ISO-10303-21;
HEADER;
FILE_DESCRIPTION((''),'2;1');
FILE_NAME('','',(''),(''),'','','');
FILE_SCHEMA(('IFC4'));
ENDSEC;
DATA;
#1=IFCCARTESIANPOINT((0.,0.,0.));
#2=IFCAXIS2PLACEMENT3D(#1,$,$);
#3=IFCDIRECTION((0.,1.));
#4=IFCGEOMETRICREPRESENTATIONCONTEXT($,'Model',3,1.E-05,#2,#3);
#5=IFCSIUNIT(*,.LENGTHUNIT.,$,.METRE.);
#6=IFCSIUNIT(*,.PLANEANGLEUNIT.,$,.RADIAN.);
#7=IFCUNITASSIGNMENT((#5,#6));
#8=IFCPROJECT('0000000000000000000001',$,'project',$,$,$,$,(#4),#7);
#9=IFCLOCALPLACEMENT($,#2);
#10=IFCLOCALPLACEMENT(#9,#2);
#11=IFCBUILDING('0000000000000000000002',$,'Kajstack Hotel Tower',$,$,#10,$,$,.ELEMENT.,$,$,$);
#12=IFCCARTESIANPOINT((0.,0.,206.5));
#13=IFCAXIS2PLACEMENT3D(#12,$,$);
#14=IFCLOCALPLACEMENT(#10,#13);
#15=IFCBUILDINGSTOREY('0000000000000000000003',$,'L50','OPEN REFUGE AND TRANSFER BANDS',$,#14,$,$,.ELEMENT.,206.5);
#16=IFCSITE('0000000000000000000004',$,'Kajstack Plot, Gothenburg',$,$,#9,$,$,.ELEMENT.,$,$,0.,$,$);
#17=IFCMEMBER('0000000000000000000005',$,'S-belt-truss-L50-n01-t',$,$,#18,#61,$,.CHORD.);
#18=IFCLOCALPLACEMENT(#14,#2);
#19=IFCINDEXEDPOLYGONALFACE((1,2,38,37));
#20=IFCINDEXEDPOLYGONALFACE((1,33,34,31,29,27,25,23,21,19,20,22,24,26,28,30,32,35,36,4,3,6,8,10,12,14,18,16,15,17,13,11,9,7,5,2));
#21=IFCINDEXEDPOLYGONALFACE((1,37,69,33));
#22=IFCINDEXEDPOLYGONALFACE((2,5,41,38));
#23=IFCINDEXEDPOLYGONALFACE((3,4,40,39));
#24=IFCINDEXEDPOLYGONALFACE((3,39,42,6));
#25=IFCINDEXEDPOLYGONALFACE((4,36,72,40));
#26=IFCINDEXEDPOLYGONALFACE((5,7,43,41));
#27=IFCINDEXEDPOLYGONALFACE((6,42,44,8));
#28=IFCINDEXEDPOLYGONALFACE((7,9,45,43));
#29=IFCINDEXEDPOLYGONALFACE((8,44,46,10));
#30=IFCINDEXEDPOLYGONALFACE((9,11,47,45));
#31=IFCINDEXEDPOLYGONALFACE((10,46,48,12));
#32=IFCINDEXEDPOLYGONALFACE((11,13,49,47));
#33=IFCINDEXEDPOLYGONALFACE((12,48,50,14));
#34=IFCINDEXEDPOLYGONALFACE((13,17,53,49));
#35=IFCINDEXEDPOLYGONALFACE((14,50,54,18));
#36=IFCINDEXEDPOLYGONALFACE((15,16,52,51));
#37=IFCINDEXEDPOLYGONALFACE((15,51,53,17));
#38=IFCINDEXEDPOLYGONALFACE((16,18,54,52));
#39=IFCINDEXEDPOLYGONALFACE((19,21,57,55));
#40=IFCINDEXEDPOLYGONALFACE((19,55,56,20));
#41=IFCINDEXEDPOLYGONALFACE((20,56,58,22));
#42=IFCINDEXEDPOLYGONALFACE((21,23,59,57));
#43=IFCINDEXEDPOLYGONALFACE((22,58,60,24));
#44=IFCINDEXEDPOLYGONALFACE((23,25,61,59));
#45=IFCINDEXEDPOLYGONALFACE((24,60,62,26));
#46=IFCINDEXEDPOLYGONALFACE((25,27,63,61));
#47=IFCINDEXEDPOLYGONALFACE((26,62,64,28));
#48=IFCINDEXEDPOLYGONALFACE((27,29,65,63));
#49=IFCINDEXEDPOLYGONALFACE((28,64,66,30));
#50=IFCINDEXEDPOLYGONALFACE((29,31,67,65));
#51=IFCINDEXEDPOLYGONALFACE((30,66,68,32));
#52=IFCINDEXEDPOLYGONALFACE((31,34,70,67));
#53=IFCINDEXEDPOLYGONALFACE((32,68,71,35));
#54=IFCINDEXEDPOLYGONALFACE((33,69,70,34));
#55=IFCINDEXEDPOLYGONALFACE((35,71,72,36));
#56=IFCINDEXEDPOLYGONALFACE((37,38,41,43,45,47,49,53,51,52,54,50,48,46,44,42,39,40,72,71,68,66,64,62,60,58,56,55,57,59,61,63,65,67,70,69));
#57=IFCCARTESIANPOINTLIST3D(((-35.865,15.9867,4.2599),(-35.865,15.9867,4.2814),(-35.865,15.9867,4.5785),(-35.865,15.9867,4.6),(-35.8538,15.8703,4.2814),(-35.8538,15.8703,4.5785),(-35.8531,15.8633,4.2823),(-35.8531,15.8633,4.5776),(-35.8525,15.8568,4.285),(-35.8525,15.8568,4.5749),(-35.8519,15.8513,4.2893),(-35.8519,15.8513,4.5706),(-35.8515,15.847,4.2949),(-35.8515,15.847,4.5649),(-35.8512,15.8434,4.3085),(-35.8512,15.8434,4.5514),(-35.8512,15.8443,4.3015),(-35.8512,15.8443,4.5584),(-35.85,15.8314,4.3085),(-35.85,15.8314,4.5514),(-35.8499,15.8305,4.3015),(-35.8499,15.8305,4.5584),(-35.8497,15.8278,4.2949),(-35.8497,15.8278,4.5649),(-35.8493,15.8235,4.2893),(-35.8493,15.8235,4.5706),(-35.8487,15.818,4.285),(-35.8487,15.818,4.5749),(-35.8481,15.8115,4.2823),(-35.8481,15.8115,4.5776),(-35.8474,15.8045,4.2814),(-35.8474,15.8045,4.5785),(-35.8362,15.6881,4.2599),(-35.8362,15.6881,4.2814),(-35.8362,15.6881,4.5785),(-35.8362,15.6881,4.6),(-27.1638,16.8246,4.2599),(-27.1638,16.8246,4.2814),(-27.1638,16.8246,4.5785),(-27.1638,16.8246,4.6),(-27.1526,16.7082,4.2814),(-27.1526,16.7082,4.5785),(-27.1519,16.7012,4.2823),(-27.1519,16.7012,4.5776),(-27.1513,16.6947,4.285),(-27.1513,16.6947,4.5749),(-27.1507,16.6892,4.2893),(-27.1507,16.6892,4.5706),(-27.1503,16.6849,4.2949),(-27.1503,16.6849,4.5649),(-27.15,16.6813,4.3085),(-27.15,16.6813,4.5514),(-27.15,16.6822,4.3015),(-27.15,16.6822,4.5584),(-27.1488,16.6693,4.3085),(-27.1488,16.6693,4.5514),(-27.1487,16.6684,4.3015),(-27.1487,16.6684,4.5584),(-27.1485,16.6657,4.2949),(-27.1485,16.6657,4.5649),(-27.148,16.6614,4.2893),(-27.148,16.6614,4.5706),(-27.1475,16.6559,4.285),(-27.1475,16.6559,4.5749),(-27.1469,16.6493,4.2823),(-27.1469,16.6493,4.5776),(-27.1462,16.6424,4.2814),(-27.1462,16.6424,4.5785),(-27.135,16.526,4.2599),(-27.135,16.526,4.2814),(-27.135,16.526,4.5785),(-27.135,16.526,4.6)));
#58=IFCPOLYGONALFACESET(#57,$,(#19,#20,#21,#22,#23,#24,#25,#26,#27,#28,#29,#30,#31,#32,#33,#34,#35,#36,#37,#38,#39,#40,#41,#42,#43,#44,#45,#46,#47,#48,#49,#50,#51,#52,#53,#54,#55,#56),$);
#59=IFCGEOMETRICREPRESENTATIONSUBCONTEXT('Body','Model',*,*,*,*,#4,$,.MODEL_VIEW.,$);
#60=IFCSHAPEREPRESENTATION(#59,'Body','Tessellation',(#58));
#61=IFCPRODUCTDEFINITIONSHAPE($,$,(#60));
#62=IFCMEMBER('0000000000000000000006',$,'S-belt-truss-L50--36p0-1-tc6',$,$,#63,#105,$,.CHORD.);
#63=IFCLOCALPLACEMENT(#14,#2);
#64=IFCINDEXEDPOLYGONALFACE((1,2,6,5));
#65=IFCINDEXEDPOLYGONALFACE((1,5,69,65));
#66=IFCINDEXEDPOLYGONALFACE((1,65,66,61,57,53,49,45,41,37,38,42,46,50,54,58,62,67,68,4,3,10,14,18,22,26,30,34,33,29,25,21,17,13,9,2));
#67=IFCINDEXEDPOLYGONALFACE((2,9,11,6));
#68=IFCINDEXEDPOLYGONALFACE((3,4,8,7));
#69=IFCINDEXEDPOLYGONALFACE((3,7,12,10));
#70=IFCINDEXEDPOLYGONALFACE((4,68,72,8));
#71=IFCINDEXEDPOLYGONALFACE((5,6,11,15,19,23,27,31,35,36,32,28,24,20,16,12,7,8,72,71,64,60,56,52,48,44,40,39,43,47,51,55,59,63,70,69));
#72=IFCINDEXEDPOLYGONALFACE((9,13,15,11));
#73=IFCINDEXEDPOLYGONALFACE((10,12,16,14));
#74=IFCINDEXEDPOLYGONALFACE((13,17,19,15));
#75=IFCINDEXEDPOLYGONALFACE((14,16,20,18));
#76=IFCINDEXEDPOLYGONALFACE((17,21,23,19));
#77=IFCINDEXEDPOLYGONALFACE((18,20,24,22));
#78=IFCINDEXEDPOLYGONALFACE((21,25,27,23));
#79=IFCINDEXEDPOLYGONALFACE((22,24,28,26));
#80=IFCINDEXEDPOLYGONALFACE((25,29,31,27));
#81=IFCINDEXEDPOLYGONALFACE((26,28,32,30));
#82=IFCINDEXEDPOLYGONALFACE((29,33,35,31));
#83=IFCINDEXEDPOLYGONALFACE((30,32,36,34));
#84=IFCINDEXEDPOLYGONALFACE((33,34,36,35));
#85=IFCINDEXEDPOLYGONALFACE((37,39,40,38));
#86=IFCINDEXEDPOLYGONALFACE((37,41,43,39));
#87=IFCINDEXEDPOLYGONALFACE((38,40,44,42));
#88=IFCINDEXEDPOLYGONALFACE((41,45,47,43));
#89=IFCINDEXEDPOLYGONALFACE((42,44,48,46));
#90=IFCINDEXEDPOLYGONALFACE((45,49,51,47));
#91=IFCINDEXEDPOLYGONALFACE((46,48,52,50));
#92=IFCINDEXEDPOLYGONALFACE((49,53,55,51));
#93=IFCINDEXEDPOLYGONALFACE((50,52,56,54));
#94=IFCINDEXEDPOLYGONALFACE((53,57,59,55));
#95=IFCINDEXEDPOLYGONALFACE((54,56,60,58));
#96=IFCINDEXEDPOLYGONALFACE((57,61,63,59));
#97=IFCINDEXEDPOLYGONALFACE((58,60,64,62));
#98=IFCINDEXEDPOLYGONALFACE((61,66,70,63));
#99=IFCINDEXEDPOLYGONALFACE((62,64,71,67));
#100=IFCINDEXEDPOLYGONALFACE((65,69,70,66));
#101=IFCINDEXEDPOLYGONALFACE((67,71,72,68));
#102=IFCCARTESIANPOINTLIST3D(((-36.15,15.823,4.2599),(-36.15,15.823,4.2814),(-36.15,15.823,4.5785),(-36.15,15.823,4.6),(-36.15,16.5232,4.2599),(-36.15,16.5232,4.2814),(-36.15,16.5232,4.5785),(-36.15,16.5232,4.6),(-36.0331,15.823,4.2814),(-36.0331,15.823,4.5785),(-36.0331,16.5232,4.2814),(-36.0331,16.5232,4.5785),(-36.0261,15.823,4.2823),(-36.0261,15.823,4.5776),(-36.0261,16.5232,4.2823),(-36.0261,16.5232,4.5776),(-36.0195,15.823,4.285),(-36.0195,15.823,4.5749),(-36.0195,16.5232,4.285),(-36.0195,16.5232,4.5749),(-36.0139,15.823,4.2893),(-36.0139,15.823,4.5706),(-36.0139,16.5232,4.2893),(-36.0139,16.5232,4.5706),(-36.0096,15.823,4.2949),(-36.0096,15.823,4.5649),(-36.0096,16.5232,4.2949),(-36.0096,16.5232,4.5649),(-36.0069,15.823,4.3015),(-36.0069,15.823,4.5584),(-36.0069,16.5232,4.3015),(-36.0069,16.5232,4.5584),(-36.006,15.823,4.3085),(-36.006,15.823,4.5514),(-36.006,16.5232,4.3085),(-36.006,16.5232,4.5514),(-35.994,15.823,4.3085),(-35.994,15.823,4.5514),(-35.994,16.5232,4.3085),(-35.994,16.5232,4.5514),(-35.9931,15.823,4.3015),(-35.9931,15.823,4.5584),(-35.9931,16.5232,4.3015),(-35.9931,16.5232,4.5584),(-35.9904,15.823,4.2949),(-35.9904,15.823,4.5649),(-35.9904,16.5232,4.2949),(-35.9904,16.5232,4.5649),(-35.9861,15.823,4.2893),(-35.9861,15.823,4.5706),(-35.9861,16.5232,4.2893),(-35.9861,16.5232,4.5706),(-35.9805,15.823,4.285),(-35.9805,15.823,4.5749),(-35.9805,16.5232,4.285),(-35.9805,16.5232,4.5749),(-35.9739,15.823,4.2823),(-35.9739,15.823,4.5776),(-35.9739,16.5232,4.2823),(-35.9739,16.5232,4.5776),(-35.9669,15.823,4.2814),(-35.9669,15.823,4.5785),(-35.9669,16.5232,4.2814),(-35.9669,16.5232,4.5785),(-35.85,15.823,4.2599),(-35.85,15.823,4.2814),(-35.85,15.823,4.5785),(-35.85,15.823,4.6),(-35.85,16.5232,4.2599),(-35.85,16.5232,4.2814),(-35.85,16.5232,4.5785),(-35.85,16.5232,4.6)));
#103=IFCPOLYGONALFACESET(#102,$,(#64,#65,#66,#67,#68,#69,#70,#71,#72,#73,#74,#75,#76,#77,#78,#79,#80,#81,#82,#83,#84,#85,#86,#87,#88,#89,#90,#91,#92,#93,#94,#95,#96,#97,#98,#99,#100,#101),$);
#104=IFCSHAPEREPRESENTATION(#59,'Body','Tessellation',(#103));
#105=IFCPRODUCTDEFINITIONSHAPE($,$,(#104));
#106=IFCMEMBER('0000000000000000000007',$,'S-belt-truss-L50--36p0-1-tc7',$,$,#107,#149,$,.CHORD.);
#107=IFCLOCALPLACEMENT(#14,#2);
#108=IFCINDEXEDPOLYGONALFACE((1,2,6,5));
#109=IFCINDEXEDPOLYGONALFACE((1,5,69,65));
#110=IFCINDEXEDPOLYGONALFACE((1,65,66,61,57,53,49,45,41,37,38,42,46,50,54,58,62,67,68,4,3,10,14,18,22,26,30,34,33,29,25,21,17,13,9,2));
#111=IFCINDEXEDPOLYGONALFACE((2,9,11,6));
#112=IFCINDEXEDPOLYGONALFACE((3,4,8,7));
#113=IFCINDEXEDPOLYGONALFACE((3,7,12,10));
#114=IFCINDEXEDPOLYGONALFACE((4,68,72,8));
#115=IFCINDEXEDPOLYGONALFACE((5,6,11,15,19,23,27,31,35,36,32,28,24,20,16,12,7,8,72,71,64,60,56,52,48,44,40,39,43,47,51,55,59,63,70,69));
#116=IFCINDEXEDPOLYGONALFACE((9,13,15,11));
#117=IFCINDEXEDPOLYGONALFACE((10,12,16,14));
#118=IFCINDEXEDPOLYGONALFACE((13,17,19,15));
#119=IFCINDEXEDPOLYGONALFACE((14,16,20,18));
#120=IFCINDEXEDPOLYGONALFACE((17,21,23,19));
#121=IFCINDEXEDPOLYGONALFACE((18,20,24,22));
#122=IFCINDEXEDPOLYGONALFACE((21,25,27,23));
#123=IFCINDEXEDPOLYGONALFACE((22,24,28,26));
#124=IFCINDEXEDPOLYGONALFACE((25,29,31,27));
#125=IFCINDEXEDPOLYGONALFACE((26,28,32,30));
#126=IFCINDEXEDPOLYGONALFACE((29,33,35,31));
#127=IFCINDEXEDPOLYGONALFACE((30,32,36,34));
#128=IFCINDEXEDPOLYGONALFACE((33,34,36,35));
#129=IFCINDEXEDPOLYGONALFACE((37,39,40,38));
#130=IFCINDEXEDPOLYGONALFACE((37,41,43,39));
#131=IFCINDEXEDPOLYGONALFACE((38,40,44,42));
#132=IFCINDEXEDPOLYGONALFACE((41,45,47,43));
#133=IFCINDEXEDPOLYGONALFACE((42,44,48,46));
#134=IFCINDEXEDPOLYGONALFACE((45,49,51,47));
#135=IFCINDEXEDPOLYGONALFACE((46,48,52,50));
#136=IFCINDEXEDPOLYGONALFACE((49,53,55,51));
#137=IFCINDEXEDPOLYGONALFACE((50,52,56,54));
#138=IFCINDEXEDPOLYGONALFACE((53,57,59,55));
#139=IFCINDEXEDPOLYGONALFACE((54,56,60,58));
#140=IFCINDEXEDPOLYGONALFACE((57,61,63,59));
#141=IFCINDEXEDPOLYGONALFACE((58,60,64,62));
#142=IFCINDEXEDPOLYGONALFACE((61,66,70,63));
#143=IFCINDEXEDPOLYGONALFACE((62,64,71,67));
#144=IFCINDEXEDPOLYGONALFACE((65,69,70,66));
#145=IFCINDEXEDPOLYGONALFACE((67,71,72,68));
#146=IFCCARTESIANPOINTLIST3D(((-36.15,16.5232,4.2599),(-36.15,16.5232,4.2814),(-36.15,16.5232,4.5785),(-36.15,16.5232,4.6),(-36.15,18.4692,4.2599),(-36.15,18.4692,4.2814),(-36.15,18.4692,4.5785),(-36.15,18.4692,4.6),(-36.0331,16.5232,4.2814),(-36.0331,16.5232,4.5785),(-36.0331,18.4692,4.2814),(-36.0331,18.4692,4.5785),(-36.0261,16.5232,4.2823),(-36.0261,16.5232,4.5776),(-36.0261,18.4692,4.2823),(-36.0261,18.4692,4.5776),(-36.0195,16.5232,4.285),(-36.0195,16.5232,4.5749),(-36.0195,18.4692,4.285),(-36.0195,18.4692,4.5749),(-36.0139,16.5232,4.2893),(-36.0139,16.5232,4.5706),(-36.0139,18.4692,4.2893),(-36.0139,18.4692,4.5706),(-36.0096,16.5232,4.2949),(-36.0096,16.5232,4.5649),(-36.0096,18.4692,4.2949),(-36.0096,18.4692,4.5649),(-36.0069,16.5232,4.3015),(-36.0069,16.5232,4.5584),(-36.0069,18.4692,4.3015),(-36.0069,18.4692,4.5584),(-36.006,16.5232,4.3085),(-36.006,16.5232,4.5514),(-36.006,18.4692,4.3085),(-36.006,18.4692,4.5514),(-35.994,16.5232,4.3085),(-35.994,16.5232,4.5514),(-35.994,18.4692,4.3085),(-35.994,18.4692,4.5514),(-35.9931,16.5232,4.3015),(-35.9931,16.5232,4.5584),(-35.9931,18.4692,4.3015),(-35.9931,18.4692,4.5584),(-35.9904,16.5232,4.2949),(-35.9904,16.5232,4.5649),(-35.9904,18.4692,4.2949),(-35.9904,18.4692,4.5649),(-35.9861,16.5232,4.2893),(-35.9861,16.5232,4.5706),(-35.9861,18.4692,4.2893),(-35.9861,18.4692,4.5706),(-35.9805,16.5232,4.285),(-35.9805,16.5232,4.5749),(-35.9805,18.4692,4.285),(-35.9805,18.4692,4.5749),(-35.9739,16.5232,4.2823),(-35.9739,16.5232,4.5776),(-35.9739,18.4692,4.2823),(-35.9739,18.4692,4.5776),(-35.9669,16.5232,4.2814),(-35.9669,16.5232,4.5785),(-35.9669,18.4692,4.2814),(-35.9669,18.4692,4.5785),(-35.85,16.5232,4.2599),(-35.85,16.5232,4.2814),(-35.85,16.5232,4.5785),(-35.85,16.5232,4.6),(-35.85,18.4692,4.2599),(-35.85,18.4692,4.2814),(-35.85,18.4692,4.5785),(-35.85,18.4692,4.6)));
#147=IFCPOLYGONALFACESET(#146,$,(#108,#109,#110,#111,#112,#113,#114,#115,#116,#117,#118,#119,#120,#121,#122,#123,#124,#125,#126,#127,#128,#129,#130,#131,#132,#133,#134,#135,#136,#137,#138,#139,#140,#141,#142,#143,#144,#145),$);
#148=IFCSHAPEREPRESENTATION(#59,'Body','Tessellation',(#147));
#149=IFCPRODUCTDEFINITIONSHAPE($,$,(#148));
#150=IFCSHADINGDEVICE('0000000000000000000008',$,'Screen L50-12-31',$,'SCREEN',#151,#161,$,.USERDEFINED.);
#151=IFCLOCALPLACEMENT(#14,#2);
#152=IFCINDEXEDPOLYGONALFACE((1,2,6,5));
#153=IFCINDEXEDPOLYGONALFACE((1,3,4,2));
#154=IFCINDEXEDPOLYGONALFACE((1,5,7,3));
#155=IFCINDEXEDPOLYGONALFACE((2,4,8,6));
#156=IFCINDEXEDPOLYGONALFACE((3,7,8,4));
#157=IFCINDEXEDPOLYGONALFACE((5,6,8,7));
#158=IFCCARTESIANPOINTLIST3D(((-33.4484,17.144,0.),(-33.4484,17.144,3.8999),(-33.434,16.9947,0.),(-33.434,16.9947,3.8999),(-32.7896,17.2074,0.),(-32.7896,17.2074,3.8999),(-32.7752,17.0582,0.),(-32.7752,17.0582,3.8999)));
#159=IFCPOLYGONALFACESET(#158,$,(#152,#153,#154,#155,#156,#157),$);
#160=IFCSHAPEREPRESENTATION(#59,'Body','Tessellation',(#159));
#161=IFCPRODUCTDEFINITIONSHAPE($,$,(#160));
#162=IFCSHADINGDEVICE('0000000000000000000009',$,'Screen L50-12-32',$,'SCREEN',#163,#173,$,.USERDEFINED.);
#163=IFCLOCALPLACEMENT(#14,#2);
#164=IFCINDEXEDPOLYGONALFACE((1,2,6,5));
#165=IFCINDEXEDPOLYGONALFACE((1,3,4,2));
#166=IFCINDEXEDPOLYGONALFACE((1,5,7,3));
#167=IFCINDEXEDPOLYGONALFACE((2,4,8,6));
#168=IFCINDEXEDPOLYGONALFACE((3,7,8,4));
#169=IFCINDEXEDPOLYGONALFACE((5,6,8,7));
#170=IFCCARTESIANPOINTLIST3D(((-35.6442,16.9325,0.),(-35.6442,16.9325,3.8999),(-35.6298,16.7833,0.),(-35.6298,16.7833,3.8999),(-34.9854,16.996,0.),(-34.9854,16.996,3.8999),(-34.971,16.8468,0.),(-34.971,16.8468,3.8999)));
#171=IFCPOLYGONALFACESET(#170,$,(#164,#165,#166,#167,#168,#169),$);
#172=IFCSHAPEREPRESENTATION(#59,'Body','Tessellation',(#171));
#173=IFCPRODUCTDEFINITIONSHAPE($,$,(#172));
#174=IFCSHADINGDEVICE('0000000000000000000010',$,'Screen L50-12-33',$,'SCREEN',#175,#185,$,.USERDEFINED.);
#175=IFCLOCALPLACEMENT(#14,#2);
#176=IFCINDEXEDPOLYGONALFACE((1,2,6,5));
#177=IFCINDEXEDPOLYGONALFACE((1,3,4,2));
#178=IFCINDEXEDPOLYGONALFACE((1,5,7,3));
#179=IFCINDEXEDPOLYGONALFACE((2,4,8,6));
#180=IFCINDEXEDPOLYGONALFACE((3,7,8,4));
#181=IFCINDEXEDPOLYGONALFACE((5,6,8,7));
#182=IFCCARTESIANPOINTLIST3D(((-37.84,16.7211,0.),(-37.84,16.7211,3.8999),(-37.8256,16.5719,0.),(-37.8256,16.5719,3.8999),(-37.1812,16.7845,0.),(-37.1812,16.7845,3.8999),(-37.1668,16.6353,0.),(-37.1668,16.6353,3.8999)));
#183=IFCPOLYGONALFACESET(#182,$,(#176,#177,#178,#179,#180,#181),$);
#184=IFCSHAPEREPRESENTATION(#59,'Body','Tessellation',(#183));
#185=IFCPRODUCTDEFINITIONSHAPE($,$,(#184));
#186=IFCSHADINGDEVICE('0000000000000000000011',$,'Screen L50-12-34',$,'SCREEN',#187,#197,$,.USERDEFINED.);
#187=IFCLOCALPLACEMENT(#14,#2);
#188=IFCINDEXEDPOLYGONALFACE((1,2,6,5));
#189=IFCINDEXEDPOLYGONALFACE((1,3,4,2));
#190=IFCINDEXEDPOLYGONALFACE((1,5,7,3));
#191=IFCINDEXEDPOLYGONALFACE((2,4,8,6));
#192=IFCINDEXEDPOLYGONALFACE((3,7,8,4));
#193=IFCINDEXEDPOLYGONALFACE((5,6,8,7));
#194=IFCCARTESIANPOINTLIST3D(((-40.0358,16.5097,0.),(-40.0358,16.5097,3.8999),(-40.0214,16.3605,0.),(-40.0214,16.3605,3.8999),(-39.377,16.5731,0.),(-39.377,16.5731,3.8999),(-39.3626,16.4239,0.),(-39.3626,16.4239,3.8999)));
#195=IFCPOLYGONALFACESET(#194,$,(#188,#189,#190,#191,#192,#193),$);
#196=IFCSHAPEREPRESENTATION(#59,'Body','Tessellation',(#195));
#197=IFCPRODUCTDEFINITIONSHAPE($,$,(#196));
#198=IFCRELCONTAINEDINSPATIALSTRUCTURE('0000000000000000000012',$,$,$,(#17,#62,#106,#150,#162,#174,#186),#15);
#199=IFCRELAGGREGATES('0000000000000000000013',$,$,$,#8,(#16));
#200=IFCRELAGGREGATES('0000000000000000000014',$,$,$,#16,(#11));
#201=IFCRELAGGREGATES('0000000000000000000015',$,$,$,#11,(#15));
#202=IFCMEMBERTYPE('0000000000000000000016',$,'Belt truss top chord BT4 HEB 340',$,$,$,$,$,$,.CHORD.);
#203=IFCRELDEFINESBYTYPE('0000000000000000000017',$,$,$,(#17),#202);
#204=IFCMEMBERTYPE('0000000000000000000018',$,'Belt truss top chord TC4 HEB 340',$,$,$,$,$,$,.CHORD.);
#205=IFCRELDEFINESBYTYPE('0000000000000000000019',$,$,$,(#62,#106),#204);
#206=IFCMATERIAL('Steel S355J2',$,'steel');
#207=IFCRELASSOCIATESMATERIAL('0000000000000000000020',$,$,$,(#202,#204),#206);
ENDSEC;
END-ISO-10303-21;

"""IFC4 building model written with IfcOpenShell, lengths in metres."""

from ifc_helpers import new_model, si_unit, direction, frame, origin, origin_2d, place, context, subcontext, project, spatial, rectangle, i_section, extrude, material, material_profile, profile_set, type_object, element, save


model = new_model("IFC4")

# Units and contexts
model_context = context("Model", 3, precision=1e-05, world=origin(), true_north=direction((0.0, 1.0)))
body_context = subcontext(model_context, "Body", "Model", "MODEL_VIEW")
ifc_project = project(units=[si_unit("LENGTHUNIT", "METRE"), si_unit("PLANEANGLEUNIT", "RADIAN")], contexts=[model_context])

# Site, building, storey
site_placement = place(None, origin())
site = spatial("IfcSite", under=ifc_project, at=site_placement, Name="Kajstack Plot, Gothenburg", CompositionType="ELEMENT", RefElevation=0.0)
building_placement = place(site_placement, origin())
building = spatial("IfcBuilding", under=site, at=building_placement, Name="Kajstack Hotel Tower", CompositionType="ELEMENT")
storey_placement = place(building_placement, frame((0.0, 0.0, 206.5)))
storey = spatial("IfcBuildingStorey", under=building, at=storey_placement, Name="L50", Description="OPEN REFUGE AND TRANSFER BANDS", CompositionType="ELEMENT", Elevation=206.5)

# Members
ifc_material = material(Name="Steel S355J2", Category="steel")
ifc_material_profile_1 = material_profile(ifc_material, i_section(OverallWidth=0.3, OverallDepth=0.3401, WebThickness=0.012, FlangeThickness=0.0215, FilletRadius=0.0271, at=origin_2d()), Name="HEB 340")
ifc_profile_set_1 = profile_set([ifc_material_profile_1], Name="Steel S355J2")
member_type_1 = type_object("IfcMemberType", Name="Belt truss top chord BT4 HEB 340", PredefinedType="CHORD", material=ifc_profile_set_1)
member_1_placement = place(storey_placement, frame((-35.8506, 15.8374, 4.4299), z_axis=(0.995396, 0.095853, 0.0), x_axis=(-0.095853, 0.995396, 0.0)))
element("IfcMember", 1, at=member_1_placement, inside=storey, type_object=member_type_1, Name="S-belt-truss-L50-n01-t", PredefinedType="CHORD", context=body_context, shape_type="SweptSolid", body=[
    extrude(i_section(OverallWidth=0.3, OverallDepth=0.3401, WebThickness=0.012, FlangeThickness=0.0215, FilletRadius=0.0271, at=origin_2d()), origin(), (0.0, 0.0, 1.0), 8.7415),
])
ifc_material_profile_2 = material_profile(ifc_material, i_section(OverallWidth=0.3, OverallDepth=0.3401, WebThickness=0.012, FlangeThickness=0.0215, FilletRadius=0.0271, at=origin_2d()), Name="HEB 340")
ifc_profile_set_2 = profile_set([ifc_material_profile_2], Name="Steel S355J2")
member_type_2 = type_object("IfcMemberType", Name="Belt truss top chord TC4 HEB 340", PredefinedType="CHORD", material=ifc_profile_set_2)
member_2_placement = place(storey_placement, frame((-36.0, 15.823, 4.4299), z_axis=(0.0, 1.0, 0.0), x_axis=(-1.0, 0.0, 0.0)))
element("IfcMember", 2, at=member_2_placement, inside=storey, type_object=member_type_2, Name="S-belt-truss-L50--36p0-1-tc6", PredefinedType="CHORD", context=body_context, shape_type="SweptSolid", body=[
    extrude(i_section(OverallWidth=0.3, OverallDepth=0.3401, WebThickness=0.012, FlangeThickness=0.0215, FilletRadius=0.0271, at=origin_2d()), origin(), (0.0, 0.0, 1.0), 0.7002),
])
member_3_placement = place(storey_placement, frame((-36.0, 16.5232, 4.4299), z_axis=(0.0, 1.0, 0.0), x_axis=(-1.0, 0.0, 0.0)))
element("IfcMember", 3, at=member_3_placement, inside=storey, type_object=member_type_2, Name="S-belt-truss-L50--36p0-1-tc7", PredefinedType="CHORD", context=body_context, shape_type="SweptSolid", body=[
    extrude(i_section(OverallWidth=0.3, OverallDepth=0.3401, WebThickness=0.012, FlangeThickness=0.0215, FilletRadius=0.0271, at=origin_2d()), origin(), (0.0, 0.0, 1.0), 1.946),
])

# Shading devices
for number, where, z_axis, x_axis, name in (
    (4, (-33.1118, 17.1011, 0.0), (0.0, 0.0, 1.0), (-0.995396, -0.095845, 0.0), "Screen L50-12-31"),
    (5, (-35.3076, 16.8896, 0.0), (0.0, 0.0, 1.0), (-0.995396, -0.095845, 0.0), "Screen L50-12-32"),
    (6, (-37.5034, 16.6782, 0.0), (0.0, 0.0, 1.0), (-0.995396, -0.095845, 0.0), "Screen L50-12-33"),
    (7, (-39.6992, 16.4668, 0.0), (0.0, 0.0, 1.0), (-0.995396, -0.095845, 0.0), "Screen L50-12-34"),
):
    element("IfcShadingDevice", number, at=place(storey_placement, frame(where, z_axis=z_axis, x_axis=x_axis)), inside=storey, Name=name, ObjectType="SCREEN", PredefinedType="USERDEFINED", context=body_context, shape_type="SweptSolid", body=[
        extrude(rectangle(XDim=0.6619, YDim=0.1499, at=origin_2d()), origin(), (0.0, 0.0, 1.0), 3.8999),
    ])

save(model, "model.ifc")
